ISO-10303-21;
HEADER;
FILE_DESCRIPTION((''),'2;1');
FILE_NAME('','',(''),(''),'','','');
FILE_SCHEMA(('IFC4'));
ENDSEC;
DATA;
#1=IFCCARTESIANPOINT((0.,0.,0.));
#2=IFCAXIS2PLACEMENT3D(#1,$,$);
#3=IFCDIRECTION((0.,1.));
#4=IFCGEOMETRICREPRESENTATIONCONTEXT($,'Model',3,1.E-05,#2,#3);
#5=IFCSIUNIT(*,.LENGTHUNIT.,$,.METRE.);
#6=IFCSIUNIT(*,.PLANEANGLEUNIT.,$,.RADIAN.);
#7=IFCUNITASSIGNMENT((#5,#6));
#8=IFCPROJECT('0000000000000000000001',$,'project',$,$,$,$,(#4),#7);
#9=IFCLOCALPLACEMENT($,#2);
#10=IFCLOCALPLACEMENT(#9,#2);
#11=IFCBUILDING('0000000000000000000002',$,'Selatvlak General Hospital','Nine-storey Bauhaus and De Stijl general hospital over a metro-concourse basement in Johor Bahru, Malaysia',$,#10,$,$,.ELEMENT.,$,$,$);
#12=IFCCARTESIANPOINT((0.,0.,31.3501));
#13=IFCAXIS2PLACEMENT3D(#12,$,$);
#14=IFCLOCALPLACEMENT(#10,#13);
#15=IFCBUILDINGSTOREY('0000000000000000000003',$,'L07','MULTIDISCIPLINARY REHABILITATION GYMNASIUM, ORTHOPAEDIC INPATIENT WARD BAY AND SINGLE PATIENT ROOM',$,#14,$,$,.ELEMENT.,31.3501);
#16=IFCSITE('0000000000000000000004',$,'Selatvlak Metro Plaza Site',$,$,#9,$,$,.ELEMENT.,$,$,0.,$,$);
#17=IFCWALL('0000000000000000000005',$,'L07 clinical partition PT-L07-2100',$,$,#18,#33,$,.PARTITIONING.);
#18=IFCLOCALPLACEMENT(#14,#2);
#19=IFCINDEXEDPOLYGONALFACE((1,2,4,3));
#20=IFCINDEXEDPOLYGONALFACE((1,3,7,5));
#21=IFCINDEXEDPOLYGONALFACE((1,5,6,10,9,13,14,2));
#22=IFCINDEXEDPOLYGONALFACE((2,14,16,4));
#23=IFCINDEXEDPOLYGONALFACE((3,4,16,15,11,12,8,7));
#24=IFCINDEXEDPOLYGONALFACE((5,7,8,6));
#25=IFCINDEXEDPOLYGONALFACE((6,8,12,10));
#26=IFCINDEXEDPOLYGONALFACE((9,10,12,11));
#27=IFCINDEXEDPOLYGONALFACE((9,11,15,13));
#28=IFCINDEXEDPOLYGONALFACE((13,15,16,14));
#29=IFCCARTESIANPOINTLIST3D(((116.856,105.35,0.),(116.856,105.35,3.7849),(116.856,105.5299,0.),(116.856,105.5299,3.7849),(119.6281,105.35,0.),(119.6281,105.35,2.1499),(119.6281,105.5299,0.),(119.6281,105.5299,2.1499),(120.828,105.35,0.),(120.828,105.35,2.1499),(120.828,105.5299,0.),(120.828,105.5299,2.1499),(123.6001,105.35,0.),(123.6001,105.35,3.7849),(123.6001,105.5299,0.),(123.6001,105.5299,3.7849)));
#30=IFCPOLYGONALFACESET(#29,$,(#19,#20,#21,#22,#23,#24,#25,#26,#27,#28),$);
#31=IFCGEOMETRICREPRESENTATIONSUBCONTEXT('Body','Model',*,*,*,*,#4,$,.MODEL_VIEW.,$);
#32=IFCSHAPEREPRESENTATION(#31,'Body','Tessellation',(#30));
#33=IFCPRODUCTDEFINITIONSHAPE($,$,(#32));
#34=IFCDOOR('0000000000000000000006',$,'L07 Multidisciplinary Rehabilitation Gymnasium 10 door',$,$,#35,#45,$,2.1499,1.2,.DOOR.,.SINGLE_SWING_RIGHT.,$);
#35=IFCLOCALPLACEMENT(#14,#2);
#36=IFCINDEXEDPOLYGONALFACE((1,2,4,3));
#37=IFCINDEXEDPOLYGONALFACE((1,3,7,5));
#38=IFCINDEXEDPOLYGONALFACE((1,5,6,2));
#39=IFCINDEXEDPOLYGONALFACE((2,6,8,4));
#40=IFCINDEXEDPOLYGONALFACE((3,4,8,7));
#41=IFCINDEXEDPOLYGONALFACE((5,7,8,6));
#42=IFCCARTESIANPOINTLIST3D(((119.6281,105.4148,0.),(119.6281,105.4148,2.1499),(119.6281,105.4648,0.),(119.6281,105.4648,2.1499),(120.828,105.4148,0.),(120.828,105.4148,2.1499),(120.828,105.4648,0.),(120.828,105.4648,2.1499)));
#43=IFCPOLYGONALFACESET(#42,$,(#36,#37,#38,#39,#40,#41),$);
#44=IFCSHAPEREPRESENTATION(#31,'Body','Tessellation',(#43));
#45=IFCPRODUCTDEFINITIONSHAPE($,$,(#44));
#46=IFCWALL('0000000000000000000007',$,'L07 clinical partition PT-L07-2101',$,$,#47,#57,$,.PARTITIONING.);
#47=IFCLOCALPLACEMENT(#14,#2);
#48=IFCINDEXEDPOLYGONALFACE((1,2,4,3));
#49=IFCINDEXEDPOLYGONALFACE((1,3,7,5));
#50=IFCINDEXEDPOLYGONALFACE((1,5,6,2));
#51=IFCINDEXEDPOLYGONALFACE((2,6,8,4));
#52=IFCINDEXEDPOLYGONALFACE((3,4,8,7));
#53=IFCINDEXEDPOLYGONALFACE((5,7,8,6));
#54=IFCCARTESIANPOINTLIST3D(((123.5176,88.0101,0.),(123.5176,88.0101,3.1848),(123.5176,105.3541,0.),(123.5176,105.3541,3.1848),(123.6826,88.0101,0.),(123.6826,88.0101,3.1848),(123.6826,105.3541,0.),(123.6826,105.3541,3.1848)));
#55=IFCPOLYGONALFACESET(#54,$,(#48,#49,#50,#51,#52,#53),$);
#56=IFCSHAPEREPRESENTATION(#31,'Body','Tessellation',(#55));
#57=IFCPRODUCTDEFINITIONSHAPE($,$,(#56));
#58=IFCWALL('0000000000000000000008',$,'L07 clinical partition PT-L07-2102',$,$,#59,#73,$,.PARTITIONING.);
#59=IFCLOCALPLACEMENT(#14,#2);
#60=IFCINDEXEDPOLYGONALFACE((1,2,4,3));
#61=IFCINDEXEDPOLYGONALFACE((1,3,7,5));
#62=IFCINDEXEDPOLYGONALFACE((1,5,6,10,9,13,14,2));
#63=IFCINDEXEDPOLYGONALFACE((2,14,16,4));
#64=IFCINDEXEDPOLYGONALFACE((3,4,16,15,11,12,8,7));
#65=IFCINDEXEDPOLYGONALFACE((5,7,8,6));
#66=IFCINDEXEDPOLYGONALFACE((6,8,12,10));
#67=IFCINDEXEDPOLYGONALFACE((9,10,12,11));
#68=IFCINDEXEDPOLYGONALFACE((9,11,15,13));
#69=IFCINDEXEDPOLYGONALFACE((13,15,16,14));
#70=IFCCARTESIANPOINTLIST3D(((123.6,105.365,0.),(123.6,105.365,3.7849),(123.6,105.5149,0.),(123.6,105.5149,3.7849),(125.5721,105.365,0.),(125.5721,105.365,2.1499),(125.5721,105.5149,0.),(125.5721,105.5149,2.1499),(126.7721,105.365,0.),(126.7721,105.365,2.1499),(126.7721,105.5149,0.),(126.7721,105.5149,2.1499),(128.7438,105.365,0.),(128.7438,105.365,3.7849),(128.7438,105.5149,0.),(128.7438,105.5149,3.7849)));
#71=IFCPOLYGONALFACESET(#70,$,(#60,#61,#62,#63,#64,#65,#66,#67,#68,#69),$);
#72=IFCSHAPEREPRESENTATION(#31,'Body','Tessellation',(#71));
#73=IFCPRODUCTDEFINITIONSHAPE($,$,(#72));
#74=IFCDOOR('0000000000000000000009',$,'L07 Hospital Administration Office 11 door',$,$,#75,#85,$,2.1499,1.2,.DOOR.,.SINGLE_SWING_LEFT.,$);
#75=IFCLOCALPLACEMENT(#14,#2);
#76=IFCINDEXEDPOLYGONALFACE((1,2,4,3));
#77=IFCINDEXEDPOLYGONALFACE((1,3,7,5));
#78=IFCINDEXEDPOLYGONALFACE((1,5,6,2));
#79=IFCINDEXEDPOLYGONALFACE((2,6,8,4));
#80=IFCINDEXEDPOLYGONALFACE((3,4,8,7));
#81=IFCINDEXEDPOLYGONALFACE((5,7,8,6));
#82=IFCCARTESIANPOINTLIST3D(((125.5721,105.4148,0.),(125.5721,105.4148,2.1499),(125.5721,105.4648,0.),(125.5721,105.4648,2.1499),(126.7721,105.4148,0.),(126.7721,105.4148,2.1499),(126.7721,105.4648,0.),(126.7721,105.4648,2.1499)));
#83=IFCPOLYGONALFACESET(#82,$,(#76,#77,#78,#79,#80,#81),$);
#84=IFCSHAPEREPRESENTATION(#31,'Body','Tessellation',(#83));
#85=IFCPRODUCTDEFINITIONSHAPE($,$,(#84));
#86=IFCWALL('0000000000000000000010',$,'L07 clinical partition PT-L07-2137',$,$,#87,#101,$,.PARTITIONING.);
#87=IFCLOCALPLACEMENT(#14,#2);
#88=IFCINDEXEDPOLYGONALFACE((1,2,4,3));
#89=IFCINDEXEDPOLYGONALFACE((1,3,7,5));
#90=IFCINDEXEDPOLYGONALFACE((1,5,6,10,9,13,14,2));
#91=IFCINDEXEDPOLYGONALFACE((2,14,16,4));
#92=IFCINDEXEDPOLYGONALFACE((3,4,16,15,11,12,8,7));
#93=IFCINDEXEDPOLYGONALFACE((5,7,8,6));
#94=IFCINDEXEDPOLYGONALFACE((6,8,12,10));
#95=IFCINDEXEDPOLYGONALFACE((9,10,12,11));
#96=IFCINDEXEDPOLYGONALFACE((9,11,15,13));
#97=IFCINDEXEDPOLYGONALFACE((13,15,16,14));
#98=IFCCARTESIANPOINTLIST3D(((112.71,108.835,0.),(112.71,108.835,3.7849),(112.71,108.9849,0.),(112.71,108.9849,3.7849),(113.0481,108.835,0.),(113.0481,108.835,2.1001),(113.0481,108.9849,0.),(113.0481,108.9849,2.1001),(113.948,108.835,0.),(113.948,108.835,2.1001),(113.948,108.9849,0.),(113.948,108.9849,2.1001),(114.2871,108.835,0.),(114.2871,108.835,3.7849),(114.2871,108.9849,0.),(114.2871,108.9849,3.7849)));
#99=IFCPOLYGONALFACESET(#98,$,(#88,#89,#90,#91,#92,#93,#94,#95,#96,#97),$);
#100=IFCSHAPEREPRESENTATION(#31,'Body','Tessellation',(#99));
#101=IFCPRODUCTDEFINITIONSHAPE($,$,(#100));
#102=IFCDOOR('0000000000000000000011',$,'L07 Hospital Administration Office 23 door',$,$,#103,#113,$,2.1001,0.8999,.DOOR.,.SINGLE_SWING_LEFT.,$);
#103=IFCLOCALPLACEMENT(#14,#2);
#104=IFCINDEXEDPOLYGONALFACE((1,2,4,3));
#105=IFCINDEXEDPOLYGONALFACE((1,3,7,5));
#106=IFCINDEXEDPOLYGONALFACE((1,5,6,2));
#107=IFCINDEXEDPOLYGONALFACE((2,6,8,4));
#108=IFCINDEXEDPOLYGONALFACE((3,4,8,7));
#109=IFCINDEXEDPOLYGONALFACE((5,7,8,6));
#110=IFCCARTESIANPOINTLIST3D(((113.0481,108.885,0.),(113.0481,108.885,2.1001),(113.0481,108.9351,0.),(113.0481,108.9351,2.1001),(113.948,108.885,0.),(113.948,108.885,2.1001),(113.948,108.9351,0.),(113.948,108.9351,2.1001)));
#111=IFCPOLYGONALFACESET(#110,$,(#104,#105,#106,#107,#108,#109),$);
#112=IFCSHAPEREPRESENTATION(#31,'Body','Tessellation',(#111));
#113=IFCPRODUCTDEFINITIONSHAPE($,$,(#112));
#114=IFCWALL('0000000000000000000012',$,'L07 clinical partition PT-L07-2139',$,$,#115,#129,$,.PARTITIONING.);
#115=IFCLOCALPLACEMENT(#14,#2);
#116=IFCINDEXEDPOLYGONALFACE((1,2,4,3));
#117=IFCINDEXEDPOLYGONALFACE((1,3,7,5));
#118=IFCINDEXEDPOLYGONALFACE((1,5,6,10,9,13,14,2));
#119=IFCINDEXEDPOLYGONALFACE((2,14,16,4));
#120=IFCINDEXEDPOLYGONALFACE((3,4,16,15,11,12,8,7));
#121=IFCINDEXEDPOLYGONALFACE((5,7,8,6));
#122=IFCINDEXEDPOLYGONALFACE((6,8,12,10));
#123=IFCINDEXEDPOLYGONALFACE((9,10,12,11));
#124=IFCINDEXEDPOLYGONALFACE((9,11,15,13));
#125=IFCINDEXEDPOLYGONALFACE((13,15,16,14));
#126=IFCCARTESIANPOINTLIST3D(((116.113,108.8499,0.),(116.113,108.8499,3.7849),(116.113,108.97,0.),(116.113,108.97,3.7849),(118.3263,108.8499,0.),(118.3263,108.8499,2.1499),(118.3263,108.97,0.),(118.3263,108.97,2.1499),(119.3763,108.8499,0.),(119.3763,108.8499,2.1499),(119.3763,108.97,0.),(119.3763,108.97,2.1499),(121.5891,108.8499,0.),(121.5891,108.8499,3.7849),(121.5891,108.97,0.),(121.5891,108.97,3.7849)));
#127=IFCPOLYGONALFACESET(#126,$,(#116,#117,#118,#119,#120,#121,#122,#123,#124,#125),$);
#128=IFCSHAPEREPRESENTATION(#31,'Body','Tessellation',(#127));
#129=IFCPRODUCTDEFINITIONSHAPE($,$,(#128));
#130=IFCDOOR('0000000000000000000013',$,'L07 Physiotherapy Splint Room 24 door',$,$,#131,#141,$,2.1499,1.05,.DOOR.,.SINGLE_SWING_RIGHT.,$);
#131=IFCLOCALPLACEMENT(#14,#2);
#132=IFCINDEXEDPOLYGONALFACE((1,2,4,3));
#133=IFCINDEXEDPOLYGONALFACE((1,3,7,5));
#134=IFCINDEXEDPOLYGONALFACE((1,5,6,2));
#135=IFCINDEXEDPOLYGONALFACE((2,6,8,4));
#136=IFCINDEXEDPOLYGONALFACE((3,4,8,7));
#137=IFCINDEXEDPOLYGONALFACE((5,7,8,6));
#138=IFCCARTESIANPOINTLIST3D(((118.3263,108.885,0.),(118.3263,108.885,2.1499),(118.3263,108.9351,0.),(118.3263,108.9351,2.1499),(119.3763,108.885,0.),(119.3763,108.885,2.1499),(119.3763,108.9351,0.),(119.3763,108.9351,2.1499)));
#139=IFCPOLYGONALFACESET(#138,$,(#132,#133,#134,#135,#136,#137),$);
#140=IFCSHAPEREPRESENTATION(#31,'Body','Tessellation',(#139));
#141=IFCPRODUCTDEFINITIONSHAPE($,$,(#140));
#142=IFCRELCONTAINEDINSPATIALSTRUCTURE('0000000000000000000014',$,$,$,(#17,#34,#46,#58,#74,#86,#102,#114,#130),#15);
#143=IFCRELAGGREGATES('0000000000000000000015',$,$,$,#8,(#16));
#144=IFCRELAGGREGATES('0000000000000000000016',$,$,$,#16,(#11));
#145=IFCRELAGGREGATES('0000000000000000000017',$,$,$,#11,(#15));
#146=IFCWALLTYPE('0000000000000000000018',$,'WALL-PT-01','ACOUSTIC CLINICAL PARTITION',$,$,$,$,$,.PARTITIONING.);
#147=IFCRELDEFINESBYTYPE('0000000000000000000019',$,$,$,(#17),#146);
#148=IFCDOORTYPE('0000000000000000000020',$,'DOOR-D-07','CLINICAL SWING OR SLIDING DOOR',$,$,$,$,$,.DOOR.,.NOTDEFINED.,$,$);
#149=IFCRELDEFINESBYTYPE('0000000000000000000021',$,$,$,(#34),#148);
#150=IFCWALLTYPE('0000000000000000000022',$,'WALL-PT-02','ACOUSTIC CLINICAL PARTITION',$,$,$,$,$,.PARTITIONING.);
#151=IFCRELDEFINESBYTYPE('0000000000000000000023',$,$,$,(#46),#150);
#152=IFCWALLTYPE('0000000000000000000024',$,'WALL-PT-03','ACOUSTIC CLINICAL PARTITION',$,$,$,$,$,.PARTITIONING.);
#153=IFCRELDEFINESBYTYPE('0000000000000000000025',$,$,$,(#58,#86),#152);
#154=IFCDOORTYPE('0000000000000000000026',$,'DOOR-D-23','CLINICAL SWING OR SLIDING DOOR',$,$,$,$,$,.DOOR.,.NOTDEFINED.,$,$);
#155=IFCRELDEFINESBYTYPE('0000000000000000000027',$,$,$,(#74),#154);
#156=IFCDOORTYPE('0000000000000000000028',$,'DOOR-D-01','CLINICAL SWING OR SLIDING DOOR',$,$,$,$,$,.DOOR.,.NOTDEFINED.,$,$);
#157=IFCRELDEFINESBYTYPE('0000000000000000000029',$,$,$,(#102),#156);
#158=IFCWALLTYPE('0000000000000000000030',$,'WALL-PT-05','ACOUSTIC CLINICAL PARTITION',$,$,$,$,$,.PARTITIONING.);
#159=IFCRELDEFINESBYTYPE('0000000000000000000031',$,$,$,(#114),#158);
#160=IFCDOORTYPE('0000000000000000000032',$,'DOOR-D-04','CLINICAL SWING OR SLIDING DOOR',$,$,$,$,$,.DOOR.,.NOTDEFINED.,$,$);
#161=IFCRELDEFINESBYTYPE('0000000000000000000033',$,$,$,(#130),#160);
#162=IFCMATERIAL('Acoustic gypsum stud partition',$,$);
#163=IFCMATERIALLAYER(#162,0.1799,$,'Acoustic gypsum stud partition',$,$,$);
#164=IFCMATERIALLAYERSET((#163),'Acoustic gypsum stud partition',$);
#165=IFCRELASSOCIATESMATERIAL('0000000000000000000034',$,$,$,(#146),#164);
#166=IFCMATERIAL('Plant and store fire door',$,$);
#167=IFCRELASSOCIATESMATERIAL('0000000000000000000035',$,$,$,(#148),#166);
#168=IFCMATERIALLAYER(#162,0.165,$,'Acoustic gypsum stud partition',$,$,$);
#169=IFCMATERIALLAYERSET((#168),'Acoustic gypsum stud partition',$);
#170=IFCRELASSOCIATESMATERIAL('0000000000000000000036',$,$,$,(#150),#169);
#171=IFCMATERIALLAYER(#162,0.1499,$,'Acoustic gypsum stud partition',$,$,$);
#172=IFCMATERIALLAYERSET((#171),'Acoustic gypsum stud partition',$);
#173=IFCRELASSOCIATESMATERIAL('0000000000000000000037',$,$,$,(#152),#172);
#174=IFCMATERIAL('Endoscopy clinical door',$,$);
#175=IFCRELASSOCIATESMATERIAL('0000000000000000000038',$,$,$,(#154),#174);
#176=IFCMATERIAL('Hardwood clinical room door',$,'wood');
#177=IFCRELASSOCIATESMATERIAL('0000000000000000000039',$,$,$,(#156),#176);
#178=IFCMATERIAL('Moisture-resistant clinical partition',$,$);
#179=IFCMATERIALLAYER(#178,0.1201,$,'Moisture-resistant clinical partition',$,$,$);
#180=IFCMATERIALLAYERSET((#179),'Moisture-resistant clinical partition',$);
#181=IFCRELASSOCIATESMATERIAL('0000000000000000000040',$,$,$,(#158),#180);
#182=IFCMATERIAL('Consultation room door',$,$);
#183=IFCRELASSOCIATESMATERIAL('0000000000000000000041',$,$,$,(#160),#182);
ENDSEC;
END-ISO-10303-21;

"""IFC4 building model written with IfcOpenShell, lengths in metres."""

from ifc_helpers import new_model, si_unit, direction, frame, frame_2d, origin, place, context, subcontext, project, spatial, rectangle, extrude, material, layer, layer_set, type_object, element, fill, save


model = new_model("IFC4")

# Units and contexts
model_context = context("Model", 3, precision=1e-05, world=origin(), true_north=direction((0.0, 1.0)))
body_context = subcontext(model_context, "Body", "Model", "MODEL_VIEW")
ifc_project = project(units=[si_unit("LENGTHUNIT", "METRE"), si_unit("PLANEANGLEUNIT", "RADIAN")], contexts=[model_context])

# Site, building, storey
site_placement = place(None, origin())
site = spatial("IfcSite", under=ifc_project, at=site_placement, Name="Selatvlak Metro Plaza Site", CompositionType="ELEMENT", RefElevation=0.0)
building_placement = place(site_placement, origin())
building = spatial("IfcBuilding", under=site, at=building_placement, Name="Selatvlak General Hospital", Description="Nine-storey Bauhaus and De Stijl general hospital over a metro-concourse basement in Johor Bahru, Malaysia", CompositionType="ELEMENT")
storey_placement = place(building_placement, frame((0.0, 0.0, 31.3501)))
storey = spatial("IfcBuildingStorey", under=building, at=storey_placement, Name="L07", Description="MULTIDISCIPLINARY REHABILITATION GYMNASIUM, ORTHOPAEDIC INPATIENT WARD BAY AND SINGLE PATIENT ROOM", CompositionType="ELEMENT", Elevation=31.3501)

# Wall, opening, door
ifc_material_1 = material(Name="Acoustic gypsum stud partition")
ifc_layer_1 = layer(ifc_material_1, 0.1799, Name="Acoustic gypsum stud partition")
ifc_layer_set_1 = layer_set([ifc_layer_1], Name="Acoustic gypsum stud partition")
wall_type_1 = type_object("IfcWallType", Name="WALL-PT-01", Description="ACOUSTIC CLINICAL PARTITION", PredefinedType="PARTITIONING", material=ifc_layer_set_1)
wall_1_placement = place(storey_placement, frame((116.856, 105.4399, 0.0), z_axis=(0.0, 0.0, 1.0), x_axis=(1.0, 0.0, 0.0)))
wall_1 = element("IfcWall", 1, at=wall_1_placement, inside=storey, type_object=wall_type_1, Name="L07 clinical partition PT-L07-2100", PredefinedType="PARTITIONING", context=body_context, shape_type="SweptSolid", body=[
    extrude(rectangle(XDim=6.7441, YDim=0.1799, at=frame_2d((3.3721, 0.0))), origin(), (0.0, 0.0, 1.0), 3.7849),
])
opening_1_placement = place(wall_1_placement, frame((2.772, 0.0, 0.0)))
opening_1 = element("IfcOpeningElement", 2, at=opening_1_placement, cuts=wall_1, PredefinedType="OPENING", context=body_context, shape_type="SweptSolid", body=[
    extrude(rectangle(XDim=1.2, YDim=2.1499, at=frame_2d((0.6001, 1.075))), frame((0.0, 0.0999, 0.0), z_axis=(0.0, -1.0, 0.0), x_axis=(1.0, 0.0, 0.0)), (0.0, 0.0, 1.0), 0.2),
])
ifc_material_2 = material(Name="Plant and store fire door")
door_type_1 = type_object("IfcDoorType", Name="DOOR-D-07", Description="CLINICAL SWING OR SLIDING DOOR", OperationType="NOTDEFINED", PredefinedType="DOOR", material=ifc_material_2)
door_1_placement = place(opening_1_placement, origin())
door_1 = element("IfcDoor", 3, at=door_1_placement, inside=storey, type_object=door_type_1, Name="L07 Multidisciplinary Rehabilitation Gymnasium 10 door", OperationType="SINGLE_SWING_RIGHT", OverallHeight=2.1499, OverallWidth=1.2, PredefinedType="DOOR", context=body_context, shape_type="SweptSolid", body=[
    extrude(rectangle(XDim=1.2, YDim=2.1499, at=frame_2d((0.6001, 1.075))), frame((0.0, 0.0249, 0.0), z_axis=(0.0, -1.0, 0.0), x_axis=(1.0, 0.0, 0.0)), (0.0, 0.0, 1.0), 0.05),
])
fill(opening_1, door_1)

# Wall
ifc_layer_2 = layer(ifc_material_1, 0.165, Name="Acoustic gypsum stud partition")
ifc_layer_set_2 = layer_set([ifc_layer_2], Name="Acoustic gypsum stud partition")
wall_type_2 = type_object("IfcWallType", Name="WALL-PT-02", Description="ACOUSTIC CLINICAL PARTITION", PredefinedType="PARTITIONING", material=ifc_layer_set_2)
wall_2_placement = place(storey_placement, frame((123.6001, 105.354, 0.0), z_axis=(0.0, 0.0, 1.0), x_axis=(0.0, -1.0, 0.0)))
element("IfcWall", 4, at=wall_2_placement, inside=storey, type_object=wall_type_2, Name="L07 clinical partition PT-L07-2101", PredefinedType="PARTITIONING", context=body_context, shape_type="SweptSolid", body=[
    extrude(rectangle(XDim=17.344, YDim=0.165, at=frame_2d((8.6719, 0.0))), origin(), (0.0, 0.0, 1.0), 3.1848),
])

# Walls, openings, doors
ifc_layer_3 = layer(ifc_material_1, 0.1499, Name="Acoustic gypsum stud partition")
ifc_layer_set_3 = layer_set([ifc_layer_3], Name="Acoustic gypsum stud partition")
wall_type_3 = type_object("IfcWallType", Name="WALL-PT-03", Description="ACOUSTIC CLINICAL PARTITION", PredefinedType="PARTITIONING", material=ifc_layer_set_3)
wall_3_placement = place(storey_placement, frame((123.6001, 105.4399, 0.0), z_axis=(0.0, 0.0, 1.0), x_axis=(1.0, 0.0, 0.0)))
wall_3 = element("IfcWall", 5, at=wall_3_placement, inside=storey, type_object=wall_type_3, Name="L07 clinical partition PT-L07-2102", PredefinedType="PARTITIONING", context=body_context, shape_type="SweptSolid", body=[
    extrude(rectangle(XDim=5.1438, YDim=0.1499, at=frame_2d((2.5718, 0.0))), origin(), (0.0, 0.0, 1.0), 3.7849),
])
opening_2_placement = place(wall_3_placement, frame((1.9719, 0.0, 0.0)))
opening_2 = element("IfcOpeningElement", 6, at=opening_2_placement, cuts=wall_3, PredefinedType="OPENING", context=body_context, shape_type="SweptSolid", body=[
    extrude(rectangle(XDim=1.2, YDim=2.1499, at=frame_2d((0.6001, 1.075))), frame((0.0, 0.085, 0.0), z_axis=(0.0, -1.0, 0.0), x_axis=(1.0, 0.0, 0.0)), (0.0, 0.0, 1.0), 0.1699),
])
ifc_material_3 = material(Name="Endoscopy clinical door")
door_type_2 = type_object("IfcDoorType", Name="DOOR-D-23", Description="CLINICAL SWING OR SLIDING DOOR", OperationType="NOTDEFINED", PredefinedType="DOOR", material=ifc_material_3)
door_2_placement = place(opening_2_placement, origin())
door_2 = element("IfcDoor", 7, at=door_2_placement, inside=storey, type_object=door_type_2, Name="L07 Hospital Administration Office 11 door", OperationType="SINGLE_SWING_LEFT", OverallHeight=2.1499, OverallWidth=1.2, PredefinedType="DOOR", context=body_context, shape_type="SweptSolid", body=[
    extrude(rectangle(XDim=1.2, YDim=2.1499, at=frame_2d((0.6001, 1.075))), frame((0.0, 0.0249, 0.0), z_axis=(0.0, -1.0, 0.0), x_axis=(1.0, 0.0, 0.0)), (0.0, 0.0, 1.0), 0.05),
])
fill(opening_2, door_2)
wall_4_placement = place(storey_placement, frame((114.2871, 108.9099, 0.0), z_axis=(0.0, 0.0, 1.0), x_axis=(-1.0, 0.0, 0.0)))
wall_4 = element("IfcWall", 8, at=wall_4_placement, inside=storey, type_object=wall_type_3, Name="L07 clinical partition PT-L07-2137", PredefinedType="PARTITIONING", context=body_context, shape_type="SweptSolid", body=[
    extrude(rectangle(XDim=1.5771, YDim=0.1499, at=frame_2d((0.7886, 0.0))), origin(), (0.0, 0.0, 1.0), 3.7849),
])
opening_3_placement = place(wall_4_placement, frame((0.3391, 0.0, 0.0)))
opening_3 = element("IfcOpeningElement", 9, at=opening_3_placement, cuts=wall_4, PredefinedType="OPENING", context=body_context, shape_type="SweptSolid", body=[
    extrude(rectangle(XDim=0.8999, YDim=2.1001, at=frame_2d((0.45, 1.05))), frame((0.0, 0.085, 0.0), z_axis=(0.0, -1.0, 0.0), x_axis=(1.0, 0.0, 0.0)), (0.0, 0.0, 1.0), 0.1699),
])
ifc_material_4 = material(Name="Hardwood clinical room door", Category="wood")
door_type_3 = type_object("IfcDoorType", Name="DOOR-D-01", Description="CLINICAL SWING OR SLIDING DOOR", OperationType="NOTDEFINED", PredefinedType="DOOR", material=ifc_material_4)
door_3_placement = place(opening_3_placement, origin())
door_3 = element("IfcDoor", 10, at=door_3_placement, inside=storey, type_object=door_type_3, Name="L07 Hospital Administration Office 23 door", OperationType="SINGLE_SWING_LEFT", OverallHeight=2.1001, OverallWidth=0.8999, PredefinedType="DOOR", context=body_context, shape_type="SweptSolid", body=[
    extrude(rectangle(XDim=0.8999, YDim=2.1001, at=frame_2d((0.45, 1.05))), frame((0.0, 0.0249, 0.0), z_axis=(0.0, -1.0, 0.0), x_axis=(1.0, 0.0, 0.0)), (0.0, 0.0, 1.0), 0.05),
])
fill(opening_3, door_3)

# Shared definitions
ifc_material_5 = material(Name="Moisture-resistant clinical partition")
ifc_layer_4 = layer(ifc_material_5, 0.1201, Name="Moisture-resistant clinical partition")
ifc_layer_set_4 = layer_set([ifc_layer_4], Name="Moisture-resistant clinical partition")
wall_type_4 = type_object("IfcWallType", Name="WALL-PT-05", Description="ACOUSTIC CLINICAL PARTITION", PredefinedType="PARTITIONING", material=ifc_layer_set_4)

# Wall, opening, door
wall_5_placement = place(storey_placement, frame((121.5891, 108.9099, 0.0), z_axis=(0.0, 0.0, 1.0), x_axis=(-1.0, 0.0, 0.0)))
wall_5 = element("IfcWall", 11, at=wall_5_placement, inside=storey, type_object=wall_type_4, Name="L07 clinical partition PT-L07-2139", PredefinedType="PARTITIONING", context=body_context, shape_type="SweptSolid", body=[
    extrude(rectangle(XDim=5.4761, YDim=0.1201, at=frame_2d((2.738, 0.0))), origin(), (0.0, 0.0, 1.0), 3.7849),
])
opening_4_placement = place(wall_5_placement, frame((2.2129, 0.0, 0.0)))
opening_4 = element("IfcOpeningElement", 12, at=opening_4_placement, cuts=wall_5, PredefinedType="OPENING", context=body_context, shape_type="SweptSolid", body=[
    extrude(rectangle(XDim=1.05, YDim=2.1499, at=frame_2d((0.5249, 1.075))), frame((0.0, 0.0701, 0.0), z_axis=(0.0, -1.0, 0.0), x_axis=(1.0, 0.0, 0.0)), (0.0, 0.0, 1.0), 0.1401),
])
ifc_material_6 = material(Name="Consultation room door")
door_type_4 = type_object("IfcDoorType", Name="DOOR-D-04", Description="CLINICAL SWING OR SLIDING DOOR", OperationType="NOTDEFINED", PredefinedType="DOOR", material=ifc_material_6)
door_4_placement = place(opening_4_placement, origin())
door_4 = element("IfcDoor", 13, at=door_4_placement, inside=storey, type_object=door_type_4, Name="L07 Physiotherapy Splint Room 24 door", OperationType="SINGLE_SWING_RIGHT", OverallHeight=2.1499, OverallWidth=1.05, PredefinedType="DOOR", context=body_context, shape_type="SweptSolid", body=[
    extrude(rectangle(XDim=1.05, YDim=2.1499, at=frame_2d((0.5249, 1.075))), frame((0.0, 0.0249, 0.0), z_axis=(0.0, -1.0, 0.0), x_axis=(1.0, 0.0, 0.0)), (0.0, 0.0, 1.0), 0.05),
])
fill(opening_4, door_4)

save(model, "model.ifc")
